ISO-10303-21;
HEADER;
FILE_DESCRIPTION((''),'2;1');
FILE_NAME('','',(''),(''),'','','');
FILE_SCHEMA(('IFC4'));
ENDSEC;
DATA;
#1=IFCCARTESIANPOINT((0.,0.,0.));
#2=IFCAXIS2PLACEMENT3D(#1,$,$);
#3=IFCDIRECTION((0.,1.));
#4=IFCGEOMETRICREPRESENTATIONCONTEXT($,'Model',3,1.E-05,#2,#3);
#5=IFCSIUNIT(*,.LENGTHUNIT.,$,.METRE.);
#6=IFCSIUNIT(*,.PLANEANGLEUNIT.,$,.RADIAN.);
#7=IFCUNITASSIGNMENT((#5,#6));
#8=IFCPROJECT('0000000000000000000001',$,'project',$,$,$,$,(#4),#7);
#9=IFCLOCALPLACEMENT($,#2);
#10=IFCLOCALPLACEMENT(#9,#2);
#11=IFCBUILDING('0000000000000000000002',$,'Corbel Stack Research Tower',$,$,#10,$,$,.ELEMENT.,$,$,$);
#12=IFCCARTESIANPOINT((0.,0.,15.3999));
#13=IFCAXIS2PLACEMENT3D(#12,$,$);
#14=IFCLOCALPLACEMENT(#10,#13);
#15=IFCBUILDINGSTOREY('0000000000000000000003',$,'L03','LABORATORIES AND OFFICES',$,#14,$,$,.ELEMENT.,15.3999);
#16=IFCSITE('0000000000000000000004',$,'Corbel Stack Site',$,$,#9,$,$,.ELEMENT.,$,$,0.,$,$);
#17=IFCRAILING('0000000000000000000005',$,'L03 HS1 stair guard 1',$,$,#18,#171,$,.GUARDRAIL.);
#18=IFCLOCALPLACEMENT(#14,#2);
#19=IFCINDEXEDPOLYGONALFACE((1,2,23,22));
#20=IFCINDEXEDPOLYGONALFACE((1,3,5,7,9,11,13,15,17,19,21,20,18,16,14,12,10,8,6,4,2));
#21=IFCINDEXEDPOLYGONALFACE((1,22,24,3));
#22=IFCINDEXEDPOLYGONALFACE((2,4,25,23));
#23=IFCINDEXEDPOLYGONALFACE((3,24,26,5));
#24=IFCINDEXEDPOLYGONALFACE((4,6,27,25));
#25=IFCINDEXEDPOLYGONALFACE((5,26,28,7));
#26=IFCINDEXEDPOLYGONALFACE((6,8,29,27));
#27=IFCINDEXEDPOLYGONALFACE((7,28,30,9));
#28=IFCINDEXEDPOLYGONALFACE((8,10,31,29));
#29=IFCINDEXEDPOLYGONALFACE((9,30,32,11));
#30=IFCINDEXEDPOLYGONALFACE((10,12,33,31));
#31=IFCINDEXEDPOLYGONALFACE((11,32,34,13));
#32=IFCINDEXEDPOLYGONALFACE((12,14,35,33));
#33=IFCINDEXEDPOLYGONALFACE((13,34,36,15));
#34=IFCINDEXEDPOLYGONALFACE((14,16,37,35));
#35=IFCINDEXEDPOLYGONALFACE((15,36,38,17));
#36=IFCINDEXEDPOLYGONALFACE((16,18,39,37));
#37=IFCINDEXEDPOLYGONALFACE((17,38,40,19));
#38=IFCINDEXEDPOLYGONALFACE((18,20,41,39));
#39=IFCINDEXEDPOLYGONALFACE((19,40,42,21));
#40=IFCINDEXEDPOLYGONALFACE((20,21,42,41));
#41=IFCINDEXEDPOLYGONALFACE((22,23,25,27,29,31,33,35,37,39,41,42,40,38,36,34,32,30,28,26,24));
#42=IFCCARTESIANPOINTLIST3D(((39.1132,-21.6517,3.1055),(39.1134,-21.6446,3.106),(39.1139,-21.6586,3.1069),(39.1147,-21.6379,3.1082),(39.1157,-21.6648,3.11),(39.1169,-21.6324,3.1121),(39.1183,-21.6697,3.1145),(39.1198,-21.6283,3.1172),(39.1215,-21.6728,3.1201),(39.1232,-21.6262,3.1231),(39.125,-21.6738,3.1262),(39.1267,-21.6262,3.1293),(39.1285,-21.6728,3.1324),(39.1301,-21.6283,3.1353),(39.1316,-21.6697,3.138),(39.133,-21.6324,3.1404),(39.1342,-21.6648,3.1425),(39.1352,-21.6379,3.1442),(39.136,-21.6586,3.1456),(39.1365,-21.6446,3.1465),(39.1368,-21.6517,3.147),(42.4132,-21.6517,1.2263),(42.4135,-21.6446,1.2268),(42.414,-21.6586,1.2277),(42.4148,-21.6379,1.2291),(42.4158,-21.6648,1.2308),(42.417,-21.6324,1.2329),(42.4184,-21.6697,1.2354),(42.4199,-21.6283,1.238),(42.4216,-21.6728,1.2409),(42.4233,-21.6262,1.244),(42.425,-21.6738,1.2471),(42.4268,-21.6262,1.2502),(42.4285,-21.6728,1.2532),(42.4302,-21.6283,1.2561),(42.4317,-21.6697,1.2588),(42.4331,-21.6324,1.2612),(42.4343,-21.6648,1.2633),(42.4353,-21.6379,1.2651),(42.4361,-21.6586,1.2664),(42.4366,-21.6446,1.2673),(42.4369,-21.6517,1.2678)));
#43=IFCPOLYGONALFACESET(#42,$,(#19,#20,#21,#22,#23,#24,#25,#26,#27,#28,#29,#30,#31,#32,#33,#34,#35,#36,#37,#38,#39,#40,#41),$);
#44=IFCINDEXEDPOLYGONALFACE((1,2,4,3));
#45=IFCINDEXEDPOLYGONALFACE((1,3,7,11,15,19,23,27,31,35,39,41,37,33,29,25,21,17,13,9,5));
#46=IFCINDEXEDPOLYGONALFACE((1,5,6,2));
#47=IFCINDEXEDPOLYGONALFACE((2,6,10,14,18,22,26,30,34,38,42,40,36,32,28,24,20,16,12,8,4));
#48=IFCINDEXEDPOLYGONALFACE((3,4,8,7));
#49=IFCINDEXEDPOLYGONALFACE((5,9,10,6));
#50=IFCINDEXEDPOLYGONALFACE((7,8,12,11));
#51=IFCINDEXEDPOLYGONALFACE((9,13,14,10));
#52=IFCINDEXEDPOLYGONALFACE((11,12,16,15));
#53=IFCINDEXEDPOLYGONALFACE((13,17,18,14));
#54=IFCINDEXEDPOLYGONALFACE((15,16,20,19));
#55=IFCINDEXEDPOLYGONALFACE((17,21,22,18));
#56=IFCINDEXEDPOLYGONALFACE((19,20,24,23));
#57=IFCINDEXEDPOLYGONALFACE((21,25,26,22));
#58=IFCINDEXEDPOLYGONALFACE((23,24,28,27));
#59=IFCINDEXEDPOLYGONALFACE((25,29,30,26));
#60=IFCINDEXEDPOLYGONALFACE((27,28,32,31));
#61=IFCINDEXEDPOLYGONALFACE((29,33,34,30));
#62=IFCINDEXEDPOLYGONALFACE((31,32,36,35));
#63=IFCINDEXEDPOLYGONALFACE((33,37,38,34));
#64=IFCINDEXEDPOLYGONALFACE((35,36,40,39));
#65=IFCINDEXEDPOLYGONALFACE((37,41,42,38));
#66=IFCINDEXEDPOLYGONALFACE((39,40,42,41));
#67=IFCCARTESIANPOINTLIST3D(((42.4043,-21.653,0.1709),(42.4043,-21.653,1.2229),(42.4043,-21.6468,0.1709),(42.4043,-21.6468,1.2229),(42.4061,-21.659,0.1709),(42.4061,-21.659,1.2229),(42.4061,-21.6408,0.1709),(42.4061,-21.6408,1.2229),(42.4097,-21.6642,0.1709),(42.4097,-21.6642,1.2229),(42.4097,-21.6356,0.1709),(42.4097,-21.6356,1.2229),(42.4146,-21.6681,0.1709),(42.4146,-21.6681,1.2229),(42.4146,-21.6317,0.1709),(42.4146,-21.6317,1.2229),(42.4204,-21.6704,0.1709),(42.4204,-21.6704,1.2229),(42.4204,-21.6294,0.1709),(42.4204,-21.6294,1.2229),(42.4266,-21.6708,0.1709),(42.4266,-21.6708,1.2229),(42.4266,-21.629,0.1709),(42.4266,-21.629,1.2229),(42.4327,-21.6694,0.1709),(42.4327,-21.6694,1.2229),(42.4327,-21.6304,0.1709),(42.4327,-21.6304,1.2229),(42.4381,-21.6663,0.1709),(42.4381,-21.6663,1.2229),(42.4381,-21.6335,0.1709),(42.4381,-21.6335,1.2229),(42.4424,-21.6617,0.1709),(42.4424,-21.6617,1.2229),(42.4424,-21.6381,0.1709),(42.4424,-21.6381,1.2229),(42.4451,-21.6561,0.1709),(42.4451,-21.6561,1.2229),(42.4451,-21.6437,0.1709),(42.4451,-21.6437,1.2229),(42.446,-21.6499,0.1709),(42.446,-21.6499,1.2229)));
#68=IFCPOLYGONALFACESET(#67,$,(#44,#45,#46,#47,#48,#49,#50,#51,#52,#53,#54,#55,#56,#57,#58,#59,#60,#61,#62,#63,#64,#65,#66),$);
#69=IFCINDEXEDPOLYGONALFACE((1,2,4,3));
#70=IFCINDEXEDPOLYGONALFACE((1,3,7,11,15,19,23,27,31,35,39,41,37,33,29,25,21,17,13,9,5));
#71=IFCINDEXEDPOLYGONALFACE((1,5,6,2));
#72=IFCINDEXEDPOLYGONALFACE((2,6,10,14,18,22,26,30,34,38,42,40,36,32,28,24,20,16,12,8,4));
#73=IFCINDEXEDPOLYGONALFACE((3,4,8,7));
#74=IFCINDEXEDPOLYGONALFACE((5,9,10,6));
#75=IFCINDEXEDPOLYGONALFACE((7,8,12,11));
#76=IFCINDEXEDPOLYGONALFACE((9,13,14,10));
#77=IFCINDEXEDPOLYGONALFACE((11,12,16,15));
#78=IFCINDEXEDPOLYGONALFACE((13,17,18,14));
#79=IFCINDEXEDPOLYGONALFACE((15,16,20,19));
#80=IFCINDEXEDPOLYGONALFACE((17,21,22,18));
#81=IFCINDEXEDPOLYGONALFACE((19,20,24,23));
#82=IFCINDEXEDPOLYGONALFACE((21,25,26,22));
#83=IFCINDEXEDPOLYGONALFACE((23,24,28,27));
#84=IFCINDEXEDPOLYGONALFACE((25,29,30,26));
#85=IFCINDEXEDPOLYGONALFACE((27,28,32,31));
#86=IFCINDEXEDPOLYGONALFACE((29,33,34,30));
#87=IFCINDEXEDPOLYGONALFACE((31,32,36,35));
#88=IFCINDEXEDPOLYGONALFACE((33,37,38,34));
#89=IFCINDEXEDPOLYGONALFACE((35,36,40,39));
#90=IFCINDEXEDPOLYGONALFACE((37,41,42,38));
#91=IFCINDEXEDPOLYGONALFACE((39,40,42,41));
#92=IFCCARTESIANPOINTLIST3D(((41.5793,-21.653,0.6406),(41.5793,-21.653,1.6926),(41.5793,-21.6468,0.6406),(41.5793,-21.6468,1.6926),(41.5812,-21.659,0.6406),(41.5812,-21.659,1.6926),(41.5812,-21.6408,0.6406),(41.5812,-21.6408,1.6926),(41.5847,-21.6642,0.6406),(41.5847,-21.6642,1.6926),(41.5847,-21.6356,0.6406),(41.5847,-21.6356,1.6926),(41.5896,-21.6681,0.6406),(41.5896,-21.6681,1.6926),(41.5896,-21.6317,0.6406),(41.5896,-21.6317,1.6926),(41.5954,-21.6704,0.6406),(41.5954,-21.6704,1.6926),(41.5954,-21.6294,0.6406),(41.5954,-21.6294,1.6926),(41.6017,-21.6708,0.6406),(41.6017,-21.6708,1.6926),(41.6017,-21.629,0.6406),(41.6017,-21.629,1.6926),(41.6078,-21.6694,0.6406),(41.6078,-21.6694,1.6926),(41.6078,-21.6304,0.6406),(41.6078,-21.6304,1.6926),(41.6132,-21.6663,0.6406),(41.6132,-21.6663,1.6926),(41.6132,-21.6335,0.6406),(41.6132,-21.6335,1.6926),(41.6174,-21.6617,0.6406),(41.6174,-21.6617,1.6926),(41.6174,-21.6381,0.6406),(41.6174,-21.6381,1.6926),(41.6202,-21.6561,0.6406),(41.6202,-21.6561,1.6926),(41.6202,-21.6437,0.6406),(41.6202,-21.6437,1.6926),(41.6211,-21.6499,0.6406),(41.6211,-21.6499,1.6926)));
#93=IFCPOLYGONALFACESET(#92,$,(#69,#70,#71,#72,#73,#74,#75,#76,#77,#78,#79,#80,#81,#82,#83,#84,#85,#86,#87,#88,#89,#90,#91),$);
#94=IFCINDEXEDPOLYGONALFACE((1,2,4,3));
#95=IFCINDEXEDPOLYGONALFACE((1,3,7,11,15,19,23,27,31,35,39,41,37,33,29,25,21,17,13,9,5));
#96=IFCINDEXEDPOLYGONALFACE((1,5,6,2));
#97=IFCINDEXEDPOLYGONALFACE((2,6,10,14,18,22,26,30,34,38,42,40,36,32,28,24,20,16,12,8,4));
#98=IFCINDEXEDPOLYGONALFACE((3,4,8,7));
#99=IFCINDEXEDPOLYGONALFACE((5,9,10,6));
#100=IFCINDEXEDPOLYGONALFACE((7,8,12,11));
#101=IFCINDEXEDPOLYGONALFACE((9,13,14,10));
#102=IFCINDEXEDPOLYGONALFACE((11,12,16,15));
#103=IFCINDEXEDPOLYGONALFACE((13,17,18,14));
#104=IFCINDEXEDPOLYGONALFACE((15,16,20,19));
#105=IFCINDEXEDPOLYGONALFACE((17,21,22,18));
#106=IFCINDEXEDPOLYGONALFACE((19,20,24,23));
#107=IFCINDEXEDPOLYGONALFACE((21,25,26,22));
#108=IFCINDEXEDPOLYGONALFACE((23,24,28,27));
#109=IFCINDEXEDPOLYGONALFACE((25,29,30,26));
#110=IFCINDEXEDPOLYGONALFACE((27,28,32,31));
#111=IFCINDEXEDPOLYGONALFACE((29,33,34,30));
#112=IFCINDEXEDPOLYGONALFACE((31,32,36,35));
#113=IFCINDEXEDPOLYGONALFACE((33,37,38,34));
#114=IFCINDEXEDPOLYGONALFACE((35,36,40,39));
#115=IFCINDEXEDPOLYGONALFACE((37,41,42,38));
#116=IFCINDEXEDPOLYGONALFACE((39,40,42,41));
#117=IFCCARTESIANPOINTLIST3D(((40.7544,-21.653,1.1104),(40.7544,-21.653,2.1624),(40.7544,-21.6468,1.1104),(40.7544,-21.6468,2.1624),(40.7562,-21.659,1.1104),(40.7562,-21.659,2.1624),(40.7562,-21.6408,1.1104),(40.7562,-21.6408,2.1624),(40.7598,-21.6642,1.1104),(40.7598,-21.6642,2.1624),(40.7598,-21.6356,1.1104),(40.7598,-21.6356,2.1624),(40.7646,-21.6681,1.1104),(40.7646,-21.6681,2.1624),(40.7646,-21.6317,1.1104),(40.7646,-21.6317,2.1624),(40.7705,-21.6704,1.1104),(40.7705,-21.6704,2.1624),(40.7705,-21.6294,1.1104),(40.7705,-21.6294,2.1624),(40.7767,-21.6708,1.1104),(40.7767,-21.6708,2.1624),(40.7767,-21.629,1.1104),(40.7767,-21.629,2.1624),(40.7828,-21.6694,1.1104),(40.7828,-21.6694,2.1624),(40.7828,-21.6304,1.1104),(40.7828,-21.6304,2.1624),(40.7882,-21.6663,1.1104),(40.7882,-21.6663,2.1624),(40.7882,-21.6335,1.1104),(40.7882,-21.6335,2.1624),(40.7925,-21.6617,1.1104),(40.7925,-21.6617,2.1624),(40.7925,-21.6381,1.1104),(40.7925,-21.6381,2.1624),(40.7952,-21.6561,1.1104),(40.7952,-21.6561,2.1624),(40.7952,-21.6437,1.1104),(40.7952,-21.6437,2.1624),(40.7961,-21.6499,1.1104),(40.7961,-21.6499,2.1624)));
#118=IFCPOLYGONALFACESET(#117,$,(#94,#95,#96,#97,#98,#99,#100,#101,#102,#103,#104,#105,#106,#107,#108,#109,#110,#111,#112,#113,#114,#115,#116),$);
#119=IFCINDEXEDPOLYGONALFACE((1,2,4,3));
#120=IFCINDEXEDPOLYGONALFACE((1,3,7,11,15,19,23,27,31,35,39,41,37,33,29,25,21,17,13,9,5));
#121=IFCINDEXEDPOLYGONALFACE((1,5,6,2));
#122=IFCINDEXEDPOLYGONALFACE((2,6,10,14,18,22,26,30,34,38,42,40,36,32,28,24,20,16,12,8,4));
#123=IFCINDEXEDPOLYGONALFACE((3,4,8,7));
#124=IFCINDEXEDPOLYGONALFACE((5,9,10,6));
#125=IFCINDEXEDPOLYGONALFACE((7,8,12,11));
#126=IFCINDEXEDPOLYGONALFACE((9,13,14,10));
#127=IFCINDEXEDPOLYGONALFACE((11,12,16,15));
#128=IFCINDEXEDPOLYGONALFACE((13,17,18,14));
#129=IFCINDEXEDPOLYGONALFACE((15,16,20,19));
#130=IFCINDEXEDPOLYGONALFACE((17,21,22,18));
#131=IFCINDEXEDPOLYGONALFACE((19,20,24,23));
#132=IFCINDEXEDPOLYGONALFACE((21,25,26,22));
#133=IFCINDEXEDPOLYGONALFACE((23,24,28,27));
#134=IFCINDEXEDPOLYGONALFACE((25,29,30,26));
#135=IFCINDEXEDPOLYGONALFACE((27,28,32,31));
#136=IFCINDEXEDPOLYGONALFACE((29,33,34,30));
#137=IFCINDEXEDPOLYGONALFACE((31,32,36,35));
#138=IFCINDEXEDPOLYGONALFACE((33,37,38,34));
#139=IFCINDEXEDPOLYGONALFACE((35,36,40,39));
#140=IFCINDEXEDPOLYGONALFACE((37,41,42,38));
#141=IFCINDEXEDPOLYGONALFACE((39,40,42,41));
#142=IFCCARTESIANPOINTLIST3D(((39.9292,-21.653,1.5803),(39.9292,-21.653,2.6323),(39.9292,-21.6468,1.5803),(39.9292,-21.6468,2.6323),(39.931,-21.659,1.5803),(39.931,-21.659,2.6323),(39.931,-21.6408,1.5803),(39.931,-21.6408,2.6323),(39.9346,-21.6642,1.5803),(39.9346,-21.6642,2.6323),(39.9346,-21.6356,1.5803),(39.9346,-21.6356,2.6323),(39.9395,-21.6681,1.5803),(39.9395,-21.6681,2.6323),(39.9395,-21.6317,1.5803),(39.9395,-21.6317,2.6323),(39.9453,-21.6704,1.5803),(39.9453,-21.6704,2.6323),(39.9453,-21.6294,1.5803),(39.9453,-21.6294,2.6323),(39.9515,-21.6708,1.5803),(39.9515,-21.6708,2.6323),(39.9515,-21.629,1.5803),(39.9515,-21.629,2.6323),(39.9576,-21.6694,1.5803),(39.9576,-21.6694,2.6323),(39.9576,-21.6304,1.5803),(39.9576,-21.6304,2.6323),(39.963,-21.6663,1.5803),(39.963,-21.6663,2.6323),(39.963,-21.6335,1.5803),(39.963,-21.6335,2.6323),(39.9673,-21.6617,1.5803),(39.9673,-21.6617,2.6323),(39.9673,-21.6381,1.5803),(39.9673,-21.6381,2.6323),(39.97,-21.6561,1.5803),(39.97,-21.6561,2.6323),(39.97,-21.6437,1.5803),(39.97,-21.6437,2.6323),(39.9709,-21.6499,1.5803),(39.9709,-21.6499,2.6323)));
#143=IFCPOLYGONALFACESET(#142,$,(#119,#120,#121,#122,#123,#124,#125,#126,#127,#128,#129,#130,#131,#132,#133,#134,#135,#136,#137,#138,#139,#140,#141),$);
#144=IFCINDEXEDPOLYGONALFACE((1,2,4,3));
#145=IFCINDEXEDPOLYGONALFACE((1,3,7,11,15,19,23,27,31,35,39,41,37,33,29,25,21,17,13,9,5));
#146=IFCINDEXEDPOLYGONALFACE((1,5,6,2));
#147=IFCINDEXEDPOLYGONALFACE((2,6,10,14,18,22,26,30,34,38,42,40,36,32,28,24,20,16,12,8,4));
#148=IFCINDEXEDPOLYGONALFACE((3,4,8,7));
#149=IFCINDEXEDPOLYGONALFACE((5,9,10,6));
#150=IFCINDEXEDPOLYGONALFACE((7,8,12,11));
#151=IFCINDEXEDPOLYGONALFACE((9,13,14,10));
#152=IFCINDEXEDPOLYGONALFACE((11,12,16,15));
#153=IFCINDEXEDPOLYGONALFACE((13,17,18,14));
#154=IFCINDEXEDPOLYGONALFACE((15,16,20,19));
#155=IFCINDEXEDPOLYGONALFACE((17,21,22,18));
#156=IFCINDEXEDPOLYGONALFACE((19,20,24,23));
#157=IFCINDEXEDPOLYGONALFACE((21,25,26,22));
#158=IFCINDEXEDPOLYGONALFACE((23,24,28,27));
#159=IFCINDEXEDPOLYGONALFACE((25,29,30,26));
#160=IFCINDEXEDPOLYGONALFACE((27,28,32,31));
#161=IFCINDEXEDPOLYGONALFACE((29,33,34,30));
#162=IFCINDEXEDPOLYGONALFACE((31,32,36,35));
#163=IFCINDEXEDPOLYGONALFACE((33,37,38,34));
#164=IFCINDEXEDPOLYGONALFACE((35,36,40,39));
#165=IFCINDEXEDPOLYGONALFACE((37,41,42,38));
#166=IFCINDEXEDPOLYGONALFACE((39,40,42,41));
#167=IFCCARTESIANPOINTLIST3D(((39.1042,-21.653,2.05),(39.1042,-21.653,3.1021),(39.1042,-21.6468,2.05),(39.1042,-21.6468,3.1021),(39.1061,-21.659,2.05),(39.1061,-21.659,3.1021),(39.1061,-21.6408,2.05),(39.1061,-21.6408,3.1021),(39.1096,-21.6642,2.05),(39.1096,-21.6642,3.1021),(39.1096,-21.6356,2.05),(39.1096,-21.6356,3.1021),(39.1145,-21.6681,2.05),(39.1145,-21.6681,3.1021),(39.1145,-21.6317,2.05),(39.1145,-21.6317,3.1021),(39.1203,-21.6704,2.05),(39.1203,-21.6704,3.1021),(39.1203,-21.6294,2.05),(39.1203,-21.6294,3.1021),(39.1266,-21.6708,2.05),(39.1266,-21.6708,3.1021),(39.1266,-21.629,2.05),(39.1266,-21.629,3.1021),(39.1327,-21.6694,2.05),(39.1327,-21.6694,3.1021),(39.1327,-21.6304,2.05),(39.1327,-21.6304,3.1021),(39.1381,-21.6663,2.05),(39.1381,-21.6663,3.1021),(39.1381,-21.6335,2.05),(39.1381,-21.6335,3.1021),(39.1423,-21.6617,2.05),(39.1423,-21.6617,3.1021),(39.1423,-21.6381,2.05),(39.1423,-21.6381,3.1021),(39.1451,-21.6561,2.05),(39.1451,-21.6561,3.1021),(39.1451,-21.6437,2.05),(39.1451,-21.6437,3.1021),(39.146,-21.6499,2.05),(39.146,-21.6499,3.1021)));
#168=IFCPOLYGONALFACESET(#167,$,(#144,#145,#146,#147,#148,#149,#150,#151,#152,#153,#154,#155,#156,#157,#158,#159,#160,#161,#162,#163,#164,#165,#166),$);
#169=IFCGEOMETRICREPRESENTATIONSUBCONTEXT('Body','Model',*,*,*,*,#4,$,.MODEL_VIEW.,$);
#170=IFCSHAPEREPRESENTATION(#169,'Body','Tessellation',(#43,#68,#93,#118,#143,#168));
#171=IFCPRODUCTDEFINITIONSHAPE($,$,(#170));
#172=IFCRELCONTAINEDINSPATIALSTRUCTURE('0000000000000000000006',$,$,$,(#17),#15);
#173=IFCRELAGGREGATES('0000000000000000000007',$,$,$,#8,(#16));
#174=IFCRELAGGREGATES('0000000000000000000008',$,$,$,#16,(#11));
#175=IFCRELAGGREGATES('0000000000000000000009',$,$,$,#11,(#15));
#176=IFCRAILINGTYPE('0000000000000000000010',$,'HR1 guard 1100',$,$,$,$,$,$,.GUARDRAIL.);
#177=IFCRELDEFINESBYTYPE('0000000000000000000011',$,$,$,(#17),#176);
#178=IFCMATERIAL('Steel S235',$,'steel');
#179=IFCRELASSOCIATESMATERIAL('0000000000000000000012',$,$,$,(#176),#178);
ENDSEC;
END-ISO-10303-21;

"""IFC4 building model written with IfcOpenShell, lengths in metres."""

from ifc_helpers import new_model, si_unit, direction, frame, origin, origin_2d, place, context, subcontext, project, spatial, circle, extrude, material, type_object, element, save


model = new_model("IFC4")

# Units and contexts
model_context = context("Model", 3, precision=1e-05, world=origin(), true_north=direction((0.0, 1.0)))
body_context = subcontext(model_context, "Body", "Model", "MODEL_VIEW")
ifc_project = project(units=[si_unit("LENGTHUNIT", "METRE"), si_unit("PLANEANGLEUNIT", "RADIAN")], contexts=[model_context])

# Site, building, storey
site_placement = place(None, origin())
site = spatial("IfcSite", under=ifc_project, at=site_placement, Name="Corbel Stack Site", CompositionType="ELEMENT", RefElevation=0.0)
building_placement = place(site_placement, origin())
building = spatial("IfcBuilding", under=site, at=building_placement, Name="Corbel Stack Research Tower", CompositionType="ELEMENT")
storey_placement = place(building_placement, frame((0.0, 0.0, 15.3999)))
storey = spatial("IfcBuildingStorey", under=building, at=storey_placement, Name="L03", Description="LABORATORIES AND OFFICES", CompositionType="ELEMENT", Elevation=15.3999)

# Railing
ifc_material_1 = material(Name="Steel S235", Category="steel")
railing_type_1 = type_object("IfcRailingType", Name="HR1 guard 1100", PredefinedType="GUARDRAIL", material=ifc_material_1)
railing_1_placement = place(storey_placement, frame((42.425, -21.6499, 0.1709)))
element("IfcRailing", 1, at=railing_1_placement, inside=storey, type_object=railing_type_1, Name="L03 HS1 stair guard 1", PredefinedType="GUARDRAIL", context=body_context, shape_type="SweptSolid", body=[
    extrude(circle(Radius=0.0239, at=origin_2d()), frame((0.0, 0.0, 1.0762), z_axis=(-0.86899, 0.0, 0.49483), x_axis=(0.0, -1.0, 0.0)), (0.0, 0.0, 1.0), 3.7976),
    extrude(circle(Radius=0.021, at=origin_2d()), origin(), (0.0, 0.0, 1.0), 1.052),
    extrude(circle(Radius=0.021, at=origin_2d()), frame((-0.825, 0.0, 0.4697)), (0.0, 0.0, 1.0), 1.052),
    extrude(circle(Radius=0.021, at=origin_2d()), frame((-1.6499, 0.0, 0.9395)), (0.0, 0.0, 1.0), 1.052),
    extrude(circle(Radius=0.021, at=origin_2d()), frame((-2.4751, 0.0, 1.4094)), (0.0, 0.0, 1.0), 1.052),
    extrude(circle(Radius=0.021, at=origin_2d()), frame((-3.3, 0.0, 1.8792)), (0.0, 0.0, 1.0), 1.052),
])

save(model, "model.ifc")
